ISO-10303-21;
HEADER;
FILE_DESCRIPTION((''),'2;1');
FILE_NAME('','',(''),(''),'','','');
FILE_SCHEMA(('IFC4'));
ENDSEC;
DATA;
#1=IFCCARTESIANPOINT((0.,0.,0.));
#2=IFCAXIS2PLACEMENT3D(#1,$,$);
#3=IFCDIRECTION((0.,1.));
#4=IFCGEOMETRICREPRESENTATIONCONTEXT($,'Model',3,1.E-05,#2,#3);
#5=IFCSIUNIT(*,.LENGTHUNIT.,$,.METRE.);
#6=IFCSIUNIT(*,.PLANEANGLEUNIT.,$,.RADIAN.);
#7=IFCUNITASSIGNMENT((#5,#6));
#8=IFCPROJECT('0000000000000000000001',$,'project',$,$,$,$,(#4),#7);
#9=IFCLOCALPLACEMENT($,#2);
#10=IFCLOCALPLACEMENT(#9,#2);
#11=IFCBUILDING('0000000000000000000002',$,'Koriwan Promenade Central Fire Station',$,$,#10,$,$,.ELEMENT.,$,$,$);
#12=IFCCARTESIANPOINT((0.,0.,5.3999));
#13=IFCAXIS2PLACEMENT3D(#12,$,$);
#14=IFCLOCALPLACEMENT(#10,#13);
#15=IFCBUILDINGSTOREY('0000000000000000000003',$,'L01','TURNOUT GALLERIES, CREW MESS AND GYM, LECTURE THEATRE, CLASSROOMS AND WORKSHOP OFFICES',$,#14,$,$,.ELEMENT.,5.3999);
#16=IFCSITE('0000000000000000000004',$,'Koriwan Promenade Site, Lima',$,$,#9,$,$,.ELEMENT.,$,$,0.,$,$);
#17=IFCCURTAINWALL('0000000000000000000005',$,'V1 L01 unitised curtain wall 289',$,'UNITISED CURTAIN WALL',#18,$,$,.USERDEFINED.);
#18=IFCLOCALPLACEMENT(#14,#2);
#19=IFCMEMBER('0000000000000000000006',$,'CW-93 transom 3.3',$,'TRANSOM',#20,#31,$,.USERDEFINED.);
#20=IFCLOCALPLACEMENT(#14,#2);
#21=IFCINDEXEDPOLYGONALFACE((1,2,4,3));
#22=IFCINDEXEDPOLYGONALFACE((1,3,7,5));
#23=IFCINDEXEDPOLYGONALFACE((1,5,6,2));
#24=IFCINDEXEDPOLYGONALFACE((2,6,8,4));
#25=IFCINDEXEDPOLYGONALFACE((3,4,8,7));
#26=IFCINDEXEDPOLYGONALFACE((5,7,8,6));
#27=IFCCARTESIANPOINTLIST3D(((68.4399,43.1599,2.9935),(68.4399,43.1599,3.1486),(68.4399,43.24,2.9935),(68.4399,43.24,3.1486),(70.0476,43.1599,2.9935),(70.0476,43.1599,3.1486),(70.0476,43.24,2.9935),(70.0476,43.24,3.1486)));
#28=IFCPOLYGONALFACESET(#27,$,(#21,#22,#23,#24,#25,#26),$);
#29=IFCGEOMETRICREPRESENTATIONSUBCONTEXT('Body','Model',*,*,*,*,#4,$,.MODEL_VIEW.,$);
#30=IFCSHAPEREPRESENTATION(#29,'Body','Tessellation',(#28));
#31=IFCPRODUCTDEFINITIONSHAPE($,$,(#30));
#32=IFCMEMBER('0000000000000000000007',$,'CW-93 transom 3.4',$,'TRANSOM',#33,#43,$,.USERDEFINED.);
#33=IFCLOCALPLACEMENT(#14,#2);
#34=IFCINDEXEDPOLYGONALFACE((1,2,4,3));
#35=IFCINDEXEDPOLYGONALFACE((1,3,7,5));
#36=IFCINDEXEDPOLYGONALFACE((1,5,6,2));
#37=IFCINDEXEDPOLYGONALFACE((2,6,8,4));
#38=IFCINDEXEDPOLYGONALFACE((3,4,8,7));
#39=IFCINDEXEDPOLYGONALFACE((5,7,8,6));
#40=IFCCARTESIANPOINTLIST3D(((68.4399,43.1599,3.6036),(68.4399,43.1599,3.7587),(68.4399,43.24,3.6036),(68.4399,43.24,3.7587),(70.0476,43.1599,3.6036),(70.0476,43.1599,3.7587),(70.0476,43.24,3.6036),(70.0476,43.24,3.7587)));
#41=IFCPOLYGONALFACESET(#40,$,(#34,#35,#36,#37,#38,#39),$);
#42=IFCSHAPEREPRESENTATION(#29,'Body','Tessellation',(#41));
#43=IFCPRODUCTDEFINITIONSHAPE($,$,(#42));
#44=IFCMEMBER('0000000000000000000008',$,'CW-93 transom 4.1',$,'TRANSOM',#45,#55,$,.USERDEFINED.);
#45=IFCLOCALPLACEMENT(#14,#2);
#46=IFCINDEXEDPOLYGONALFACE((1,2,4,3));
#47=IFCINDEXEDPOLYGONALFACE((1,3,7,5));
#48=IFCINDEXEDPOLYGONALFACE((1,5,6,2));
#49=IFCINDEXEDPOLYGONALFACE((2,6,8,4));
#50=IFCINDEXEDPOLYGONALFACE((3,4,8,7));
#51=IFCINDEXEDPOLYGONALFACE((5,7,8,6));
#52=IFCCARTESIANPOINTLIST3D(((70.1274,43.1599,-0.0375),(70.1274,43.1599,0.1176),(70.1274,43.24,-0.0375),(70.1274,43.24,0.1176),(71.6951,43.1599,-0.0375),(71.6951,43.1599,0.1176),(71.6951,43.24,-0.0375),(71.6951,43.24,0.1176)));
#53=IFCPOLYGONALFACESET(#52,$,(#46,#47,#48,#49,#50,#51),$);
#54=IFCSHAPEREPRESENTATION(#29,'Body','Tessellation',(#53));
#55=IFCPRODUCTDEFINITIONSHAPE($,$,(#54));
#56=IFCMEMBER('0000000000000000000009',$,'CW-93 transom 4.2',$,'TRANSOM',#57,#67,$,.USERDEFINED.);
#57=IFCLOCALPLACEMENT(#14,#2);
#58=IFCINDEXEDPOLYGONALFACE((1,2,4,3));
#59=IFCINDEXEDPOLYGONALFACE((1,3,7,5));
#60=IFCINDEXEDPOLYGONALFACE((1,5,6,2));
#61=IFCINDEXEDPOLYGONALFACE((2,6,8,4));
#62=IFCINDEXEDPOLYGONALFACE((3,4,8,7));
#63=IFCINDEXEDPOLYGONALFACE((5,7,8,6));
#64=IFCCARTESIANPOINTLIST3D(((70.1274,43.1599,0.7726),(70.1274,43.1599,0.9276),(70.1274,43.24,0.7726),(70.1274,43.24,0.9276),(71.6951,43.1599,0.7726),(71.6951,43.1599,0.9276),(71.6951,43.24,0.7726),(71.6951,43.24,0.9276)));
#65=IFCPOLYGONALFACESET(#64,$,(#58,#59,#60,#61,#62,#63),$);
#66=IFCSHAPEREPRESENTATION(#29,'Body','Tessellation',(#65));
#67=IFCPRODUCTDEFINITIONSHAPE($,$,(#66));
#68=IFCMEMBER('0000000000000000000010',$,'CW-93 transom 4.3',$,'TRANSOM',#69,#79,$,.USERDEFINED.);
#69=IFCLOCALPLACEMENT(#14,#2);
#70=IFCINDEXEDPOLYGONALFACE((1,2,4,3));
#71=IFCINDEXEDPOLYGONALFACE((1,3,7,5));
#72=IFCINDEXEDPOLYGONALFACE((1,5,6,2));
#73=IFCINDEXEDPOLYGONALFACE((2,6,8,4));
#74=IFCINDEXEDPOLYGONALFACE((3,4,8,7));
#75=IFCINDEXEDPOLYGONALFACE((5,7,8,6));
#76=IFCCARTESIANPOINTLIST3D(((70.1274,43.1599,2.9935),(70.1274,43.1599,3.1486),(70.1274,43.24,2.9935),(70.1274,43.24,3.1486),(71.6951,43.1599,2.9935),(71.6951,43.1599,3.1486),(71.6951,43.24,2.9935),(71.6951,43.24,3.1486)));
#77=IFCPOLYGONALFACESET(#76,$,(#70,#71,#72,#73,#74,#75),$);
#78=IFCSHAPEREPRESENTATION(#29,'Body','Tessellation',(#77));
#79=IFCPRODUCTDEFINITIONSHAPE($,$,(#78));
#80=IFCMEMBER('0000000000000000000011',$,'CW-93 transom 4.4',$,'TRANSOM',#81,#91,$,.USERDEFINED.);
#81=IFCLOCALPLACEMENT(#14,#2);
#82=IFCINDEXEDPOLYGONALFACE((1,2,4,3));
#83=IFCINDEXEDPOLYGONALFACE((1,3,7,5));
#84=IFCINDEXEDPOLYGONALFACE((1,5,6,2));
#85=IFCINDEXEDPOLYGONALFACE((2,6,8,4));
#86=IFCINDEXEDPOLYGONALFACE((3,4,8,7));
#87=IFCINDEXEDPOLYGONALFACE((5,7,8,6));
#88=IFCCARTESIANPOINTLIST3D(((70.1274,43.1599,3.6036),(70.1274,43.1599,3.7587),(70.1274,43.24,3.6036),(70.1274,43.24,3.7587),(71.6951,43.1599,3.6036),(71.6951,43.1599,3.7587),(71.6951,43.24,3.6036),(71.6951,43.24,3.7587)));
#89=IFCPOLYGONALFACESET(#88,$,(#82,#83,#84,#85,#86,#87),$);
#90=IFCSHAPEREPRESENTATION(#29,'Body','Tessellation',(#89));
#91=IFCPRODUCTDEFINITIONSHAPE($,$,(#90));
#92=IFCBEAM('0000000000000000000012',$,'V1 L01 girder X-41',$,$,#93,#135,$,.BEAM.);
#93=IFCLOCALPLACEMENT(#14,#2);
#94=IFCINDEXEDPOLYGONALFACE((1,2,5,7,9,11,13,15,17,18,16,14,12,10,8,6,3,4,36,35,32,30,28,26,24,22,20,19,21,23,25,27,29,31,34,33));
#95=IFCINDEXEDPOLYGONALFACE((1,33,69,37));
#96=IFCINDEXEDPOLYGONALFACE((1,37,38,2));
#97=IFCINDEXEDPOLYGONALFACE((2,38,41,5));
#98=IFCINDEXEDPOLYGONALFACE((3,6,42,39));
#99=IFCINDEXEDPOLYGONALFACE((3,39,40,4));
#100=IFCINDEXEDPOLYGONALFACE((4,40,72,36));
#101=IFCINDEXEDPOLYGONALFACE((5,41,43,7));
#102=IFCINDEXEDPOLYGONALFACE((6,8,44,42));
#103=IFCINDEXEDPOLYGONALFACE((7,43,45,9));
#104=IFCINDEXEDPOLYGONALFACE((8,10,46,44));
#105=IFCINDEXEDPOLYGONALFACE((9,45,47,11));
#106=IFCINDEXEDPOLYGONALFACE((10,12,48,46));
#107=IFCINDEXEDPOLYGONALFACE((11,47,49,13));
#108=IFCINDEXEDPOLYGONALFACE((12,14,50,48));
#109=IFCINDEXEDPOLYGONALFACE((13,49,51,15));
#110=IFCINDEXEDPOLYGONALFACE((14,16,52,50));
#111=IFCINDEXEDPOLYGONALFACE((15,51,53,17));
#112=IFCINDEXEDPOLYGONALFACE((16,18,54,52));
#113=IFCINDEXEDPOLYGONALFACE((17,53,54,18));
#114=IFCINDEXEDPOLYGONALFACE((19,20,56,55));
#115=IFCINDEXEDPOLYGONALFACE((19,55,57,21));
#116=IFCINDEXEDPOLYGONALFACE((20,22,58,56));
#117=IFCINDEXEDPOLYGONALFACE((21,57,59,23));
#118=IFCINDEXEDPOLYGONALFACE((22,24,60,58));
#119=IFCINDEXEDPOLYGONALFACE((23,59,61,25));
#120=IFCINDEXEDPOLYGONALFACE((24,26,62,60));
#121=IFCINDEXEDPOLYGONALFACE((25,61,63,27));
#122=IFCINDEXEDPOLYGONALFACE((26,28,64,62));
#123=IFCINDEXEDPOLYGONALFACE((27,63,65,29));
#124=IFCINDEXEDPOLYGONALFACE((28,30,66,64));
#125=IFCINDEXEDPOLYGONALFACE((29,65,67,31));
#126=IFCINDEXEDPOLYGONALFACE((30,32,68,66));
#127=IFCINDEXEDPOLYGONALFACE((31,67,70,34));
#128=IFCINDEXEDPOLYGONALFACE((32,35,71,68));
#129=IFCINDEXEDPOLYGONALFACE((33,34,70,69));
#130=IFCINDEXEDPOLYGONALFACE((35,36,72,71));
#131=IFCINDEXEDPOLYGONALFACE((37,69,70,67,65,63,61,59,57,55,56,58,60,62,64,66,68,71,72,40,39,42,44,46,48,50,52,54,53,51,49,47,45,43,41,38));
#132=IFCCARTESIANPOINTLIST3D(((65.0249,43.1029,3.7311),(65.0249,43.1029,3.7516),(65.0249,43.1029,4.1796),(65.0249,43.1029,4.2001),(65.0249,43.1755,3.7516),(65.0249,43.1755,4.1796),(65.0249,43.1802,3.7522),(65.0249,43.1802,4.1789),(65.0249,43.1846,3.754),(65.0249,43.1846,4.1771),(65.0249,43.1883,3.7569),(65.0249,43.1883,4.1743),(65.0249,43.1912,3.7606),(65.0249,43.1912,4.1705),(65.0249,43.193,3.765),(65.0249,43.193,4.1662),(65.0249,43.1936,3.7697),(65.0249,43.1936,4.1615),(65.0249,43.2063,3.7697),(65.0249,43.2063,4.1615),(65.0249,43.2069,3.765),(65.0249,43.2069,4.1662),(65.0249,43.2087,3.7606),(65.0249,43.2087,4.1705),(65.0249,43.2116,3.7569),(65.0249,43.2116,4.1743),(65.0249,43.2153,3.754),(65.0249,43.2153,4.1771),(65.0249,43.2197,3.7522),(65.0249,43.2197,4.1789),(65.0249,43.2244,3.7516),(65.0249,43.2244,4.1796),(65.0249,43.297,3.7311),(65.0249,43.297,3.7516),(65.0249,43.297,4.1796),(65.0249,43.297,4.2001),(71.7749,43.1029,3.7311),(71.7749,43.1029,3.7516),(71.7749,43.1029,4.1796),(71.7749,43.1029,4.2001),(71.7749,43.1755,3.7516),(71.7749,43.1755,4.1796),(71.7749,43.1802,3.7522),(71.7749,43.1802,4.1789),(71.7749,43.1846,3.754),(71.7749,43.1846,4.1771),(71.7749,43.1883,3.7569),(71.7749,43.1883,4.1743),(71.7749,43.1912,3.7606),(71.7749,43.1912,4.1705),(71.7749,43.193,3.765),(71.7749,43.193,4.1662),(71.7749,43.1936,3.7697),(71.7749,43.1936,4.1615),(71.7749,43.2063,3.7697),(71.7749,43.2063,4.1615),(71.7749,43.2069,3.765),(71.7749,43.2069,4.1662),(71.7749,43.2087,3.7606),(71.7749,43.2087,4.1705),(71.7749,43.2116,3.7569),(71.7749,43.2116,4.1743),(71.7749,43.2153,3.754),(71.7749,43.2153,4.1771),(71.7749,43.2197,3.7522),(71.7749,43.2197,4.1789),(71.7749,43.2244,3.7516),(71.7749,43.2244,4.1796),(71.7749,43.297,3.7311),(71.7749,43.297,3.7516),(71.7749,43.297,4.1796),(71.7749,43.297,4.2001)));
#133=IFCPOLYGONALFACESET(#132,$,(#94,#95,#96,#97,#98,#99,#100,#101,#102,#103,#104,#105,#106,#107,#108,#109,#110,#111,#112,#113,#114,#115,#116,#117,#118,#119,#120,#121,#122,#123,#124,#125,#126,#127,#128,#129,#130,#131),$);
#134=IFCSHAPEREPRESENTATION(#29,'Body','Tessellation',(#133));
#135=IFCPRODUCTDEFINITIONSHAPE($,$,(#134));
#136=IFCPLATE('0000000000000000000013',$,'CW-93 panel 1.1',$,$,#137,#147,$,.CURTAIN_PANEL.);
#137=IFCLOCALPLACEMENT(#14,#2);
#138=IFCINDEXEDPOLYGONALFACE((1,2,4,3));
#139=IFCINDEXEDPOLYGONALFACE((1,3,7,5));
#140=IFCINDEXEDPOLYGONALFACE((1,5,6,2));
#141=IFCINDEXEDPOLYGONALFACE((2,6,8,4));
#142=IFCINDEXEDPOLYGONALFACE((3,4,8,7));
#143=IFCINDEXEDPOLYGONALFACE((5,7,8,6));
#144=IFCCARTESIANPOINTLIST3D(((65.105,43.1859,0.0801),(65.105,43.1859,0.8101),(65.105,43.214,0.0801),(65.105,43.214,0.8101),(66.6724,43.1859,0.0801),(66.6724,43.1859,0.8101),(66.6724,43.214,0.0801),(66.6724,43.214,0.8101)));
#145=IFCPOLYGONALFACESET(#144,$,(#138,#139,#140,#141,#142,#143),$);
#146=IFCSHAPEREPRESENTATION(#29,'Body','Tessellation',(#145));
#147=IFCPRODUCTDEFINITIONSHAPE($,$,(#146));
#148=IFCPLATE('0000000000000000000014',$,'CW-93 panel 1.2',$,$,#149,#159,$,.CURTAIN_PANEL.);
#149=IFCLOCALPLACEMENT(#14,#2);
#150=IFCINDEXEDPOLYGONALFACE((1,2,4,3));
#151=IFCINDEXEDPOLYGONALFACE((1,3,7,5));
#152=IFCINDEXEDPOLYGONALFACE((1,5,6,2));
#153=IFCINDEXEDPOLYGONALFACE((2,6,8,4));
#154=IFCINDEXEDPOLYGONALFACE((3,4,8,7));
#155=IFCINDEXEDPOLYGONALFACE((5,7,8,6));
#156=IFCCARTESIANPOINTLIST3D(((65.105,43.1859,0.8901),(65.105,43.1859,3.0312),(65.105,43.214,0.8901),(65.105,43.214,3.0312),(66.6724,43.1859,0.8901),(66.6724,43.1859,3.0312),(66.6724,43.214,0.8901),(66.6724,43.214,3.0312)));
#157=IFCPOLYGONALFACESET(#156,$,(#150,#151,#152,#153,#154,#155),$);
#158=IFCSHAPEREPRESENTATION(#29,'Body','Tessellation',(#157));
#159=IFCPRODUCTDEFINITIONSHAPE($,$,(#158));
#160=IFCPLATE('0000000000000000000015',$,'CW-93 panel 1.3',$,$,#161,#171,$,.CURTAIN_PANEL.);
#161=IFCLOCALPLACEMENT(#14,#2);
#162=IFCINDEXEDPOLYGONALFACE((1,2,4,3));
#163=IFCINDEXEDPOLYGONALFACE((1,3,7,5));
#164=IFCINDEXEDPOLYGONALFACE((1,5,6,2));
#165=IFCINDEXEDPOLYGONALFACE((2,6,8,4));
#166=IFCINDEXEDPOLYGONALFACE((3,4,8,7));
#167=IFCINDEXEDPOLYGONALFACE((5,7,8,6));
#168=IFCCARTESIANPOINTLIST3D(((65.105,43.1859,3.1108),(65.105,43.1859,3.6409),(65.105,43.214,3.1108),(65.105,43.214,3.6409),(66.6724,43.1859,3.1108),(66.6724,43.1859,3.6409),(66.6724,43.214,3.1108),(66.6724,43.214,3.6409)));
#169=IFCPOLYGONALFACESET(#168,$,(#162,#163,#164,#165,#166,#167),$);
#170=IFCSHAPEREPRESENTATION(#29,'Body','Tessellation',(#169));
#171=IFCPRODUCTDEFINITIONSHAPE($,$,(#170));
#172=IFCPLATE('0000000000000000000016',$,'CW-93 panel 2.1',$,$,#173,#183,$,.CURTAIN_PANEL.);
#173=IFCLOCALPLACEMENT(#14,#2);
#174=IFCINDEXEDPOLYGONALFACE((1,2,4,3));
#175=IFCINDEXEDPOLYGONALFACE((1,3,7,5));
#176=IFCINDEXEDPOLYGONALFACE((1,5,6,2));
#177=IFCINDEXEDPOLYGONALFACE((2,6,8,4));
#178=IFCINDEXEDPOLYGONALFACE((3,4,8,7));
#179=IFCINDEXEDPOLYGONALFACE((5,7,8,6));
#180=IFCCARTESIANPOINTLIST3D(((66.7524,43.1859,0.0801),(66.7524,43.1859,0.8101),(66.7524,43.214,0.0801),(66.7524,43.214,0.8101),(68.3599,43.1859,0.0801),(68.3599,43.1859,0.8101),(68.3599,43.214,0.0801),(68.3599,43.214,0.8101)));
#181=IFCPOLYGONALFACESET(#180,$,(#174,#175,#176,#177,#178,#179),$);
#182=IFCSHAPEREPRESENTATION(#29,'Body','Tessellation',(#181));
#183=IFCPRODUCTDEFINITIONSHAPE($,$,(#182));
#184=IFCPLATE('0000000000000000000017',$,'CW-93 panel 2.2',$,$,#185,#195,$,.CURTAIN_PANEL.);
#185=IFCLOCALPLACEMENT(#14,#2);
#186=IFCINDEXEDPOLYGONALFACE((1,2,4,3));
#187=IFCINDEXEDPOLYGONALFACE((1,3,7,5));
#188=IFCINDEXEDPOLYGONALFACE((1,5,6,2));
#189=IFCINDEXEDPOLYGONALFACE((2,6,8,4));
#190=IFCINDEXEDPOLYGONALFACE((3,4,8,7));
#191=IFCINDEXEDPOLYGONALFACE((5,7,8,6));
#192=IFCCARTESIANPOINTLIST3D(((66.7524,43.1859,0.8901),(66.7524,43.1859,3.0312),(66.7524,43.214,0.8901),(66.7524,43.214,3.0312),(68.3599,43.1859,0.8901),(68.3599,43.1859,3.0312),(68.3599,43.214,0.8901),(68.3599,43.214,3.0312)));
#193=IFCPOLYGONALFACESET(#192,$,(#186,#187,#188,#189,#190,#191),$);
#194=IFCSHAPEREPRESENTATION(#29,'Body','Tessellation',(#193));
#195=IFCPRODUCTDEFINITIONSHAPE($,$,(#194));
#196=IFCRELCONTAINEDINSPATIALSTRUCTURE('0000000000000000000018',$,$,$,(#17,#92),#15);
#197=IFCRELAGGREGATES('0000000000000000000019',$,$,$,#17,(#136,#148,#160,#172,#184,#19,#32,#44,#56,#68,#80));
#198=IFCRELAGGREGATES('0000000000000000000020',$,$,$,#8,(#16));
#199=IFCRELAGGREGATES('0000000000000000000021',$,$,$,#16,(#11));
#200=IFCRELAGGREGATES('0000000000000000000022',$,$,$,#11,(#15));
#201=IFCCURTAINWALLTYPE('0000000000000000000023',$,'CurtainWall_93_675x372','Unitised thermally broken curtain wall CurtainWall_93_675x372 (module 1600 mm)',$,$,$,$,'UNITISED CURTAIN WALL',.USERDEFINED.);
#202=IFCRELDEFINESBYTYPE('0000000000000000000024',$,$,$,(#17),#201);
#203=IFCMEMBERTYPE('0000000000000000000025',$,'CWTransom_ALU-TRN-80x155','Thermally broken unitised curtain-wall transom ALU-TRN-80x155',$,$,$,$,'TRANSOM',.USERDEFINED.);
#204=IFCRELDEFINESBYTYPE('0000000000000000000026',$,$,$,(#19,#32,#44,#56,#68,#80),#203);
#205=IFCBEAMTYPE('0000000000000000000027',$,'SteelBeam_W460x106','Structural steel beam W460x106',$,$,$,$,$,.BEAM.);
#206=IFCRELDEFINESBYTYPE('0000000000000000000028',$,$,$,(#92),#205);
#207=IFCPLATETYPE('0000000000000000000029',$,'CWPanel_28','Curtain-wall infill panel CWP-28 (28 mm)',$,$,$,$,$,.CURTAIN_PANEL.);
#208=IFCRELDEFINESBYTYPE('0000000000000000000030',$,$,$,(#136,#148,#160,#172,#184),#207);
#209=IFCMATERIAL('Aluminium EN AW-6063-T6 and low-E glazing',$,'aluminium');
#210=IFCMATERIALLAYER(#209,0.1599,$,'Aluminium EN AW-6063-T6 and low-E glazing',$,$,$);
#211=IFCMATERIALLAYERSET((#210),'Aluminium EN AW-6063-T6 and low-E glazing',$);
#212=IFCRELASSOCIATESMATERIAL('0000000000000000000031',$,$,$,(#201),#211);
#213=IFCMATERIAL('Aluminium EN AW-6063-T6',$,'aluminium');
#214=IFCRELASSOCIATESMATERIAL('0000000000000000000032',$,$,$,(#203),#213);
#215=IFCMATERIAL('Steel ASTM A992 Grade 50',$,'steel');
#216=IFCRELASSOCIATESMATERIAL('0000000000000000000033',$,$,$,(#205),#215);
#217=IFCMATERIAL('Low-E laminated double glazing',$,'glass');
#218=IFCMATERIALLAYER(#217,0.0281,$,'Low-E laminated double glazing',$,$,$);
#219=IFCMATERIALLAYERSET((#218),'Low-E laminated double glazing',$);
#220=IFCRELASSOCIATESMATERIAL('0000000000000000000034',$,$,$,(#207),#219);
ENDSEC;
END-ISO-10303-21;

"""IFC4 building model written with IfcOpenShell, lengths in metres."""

from ifc_helpers import new_model, si_unit, direction, frame, origin, origin_2d, place, context, subcontext, project, spatial, rectangle, i_section, extrude, material, layer, layer_set, material_profile, profile_set, type_object, element, aggregate, save


model = new_model("IFC4")

# Units and contexts
model_context = context("Model", 3, precision=1e-05, world=origin(), true_north=direction((0.0, 1.0)))
body_context = subcontext(model_context, "Body", "Model", "MODEL_VIEW")
ifc_project = project(units=[si_unit("LENGTHUNIT", "METRE"), si_unit("PLANEANGLEUNIT", "RADIAN")], contexts=[model_context])

# Site, building, storey
site_placement = place(None, origin())
site = spatial("IfcSite", under=ifc_project, at=site_placement, Name="Koriwan Promenade Site, Lima", CompositionType="ELEMENT", RefElevation=0.0)
building_placement = place(site_placement, origin())
building = spatial("IfcBuilding", under=site, at=building_placement, Name="Koriwan Promenade Central Fire Station", CompositionType="ELEMENT")
storey_placement = place(building_placement, frame((0.0, 0.0, 5.3999)))
storey = spatial("IfcBuildingStorey", under=building, at=storey_placement, Name="L01", Description="TURNOUT GALLERIES, CREW MESS AND GYM, LECTURE THEATRE, CLASSROOMS AND WORKSHOP OFFICES", CompositionType="ELEMENT", Elevation=5.3999)

# Curtain wall, members
ifc_material_1 = material(Name="Aluminium EN AW-6063-T6 and low-E glazing", Category="aluminium")
ifc_layer_1 = layer(ifc_material_1, 0.1599, Name="Aluminium EN AW-6063-T6 and low-E glazing")
ifc_layer_set_1 = layer_set([ifc_layer_1], Name="Aluminium EN AW-6063-T6 and low-E glazing")
curtain_wall_type = type_object("IfcCurtainWallType", Name="CurtainWall_93_675x372", Description="Unitised thermally broken curtain wall CurtainWall_93_675x372 (module 1600 mm)", ElementType="UNITISED CURTAIN WALL", PredefinedType="USERDEFINED", material=ifc_layer_set_1)
curtain_wall_placement = place(storey_placement, origin())
curtain_wall = element("IfcCurtainWall", 1, at=curtain_wall_placement, inside=storey, type_object=curtain_wall_type, Name="V1 L01 unitised curtain wall 289", ObjectType="UNITISED CURTAIN WALL", PredefinedType="USERDEFINED")
ifc_material_2 = material(Name="Aluminium EN AW-6063-T6", Category="aluminium")
ifc_material_profile_1 = material_profile(ifc_material_2, rectangle(XDim=0.0801, YDim=0.155, at=origin_2d()), Name="ALU-TRN-80x155")
ifc_profile_set_1 = profile_set([ifc_material_profile_1], Name="Aluminium EN AW-6063-T6")
member_type_1 = type_object("IfcMemberType", Name="CWTransom_ALU-TRN-80x155", Description="Thermally broken unitised curtain-wall transom ALU-TRN-80x155", ElementType="TRANSOM", PredefinedType="USERDEFINED", material=ifc_profile_set_1)
member_1_placement = place(storey_placement, frame((68.4399, 43.2, 3.071), z_axis=(1.0, 0.0, 0.0), x_axis=(0.0, 1.0, 0.0)))
member_1 = element("IfcMember", 2, at=member_1_placement, type_object=member_type_1, Name="CW-93 transom 3.3", ObjectType="TRANSOM", PredefinedType="USERDEFINED", context=body_context, shape_type="SweptSolid", body=[
    extrude(rectangle(XDim=0.0801, YDim=0.155, at=origin_2d()), origin(), (0.0, 0.0, 1.0), 1.6077),
])
member_2_placement = place(storey_placement, frame((68.4399, 43.2, 3.6812), z_axis=(1.0, 0.0, 0.0), x_axis=(0.0, 1.0, 0.0)))
member_2 = element("IfcMember", 3, at=member_2_placement, type_object=member_type_1, Name="CW-93 transom 3.4", ObjectType="TRANSOM", PredefinedType="USERDEFINED", context=body_context, shape_type="SweptSolid", body=[
    extrude(rectangle(XDim=0.0801, YDim=0.155, at=origin_2d()), origin(), (0.0, 0.0, 1.0), 1.6077),
])
member_3_placement = place(storey_placement, frame((70.1274, 43.2, 0.04), z_axis=(1.0, 0.0, 0.0), x_axis=(0.0, 1.0, 0.0)))
member_3 = element("IfcMember", 4, at=member_3_placement, type_object=member_type_1, Name="CW-93 transom 4.1", ObjectType="TRANSOM", PredefinedType="USERDEFINED", context=body_context, shape_type="SweptSolid", body=[
    extrude(rectangle(XDim=0.0801, YDim=0.155, at=origin_2d()), origin(), (0.0, 0.0, 1.0), 1.5676),
])
member_4_placement = place(storey_placement, frame((70.1274, 43.2, 0.8501), z_axis=(1.0, 0.0, 0.0), x_axis=(0.0, 1.0, 0.0)))
member_4 = element("IfcMember", 5, at=member_4_placement, type_object=member_type_1, Name="CW-93 transom 4.2", ObjectType="TRANSOM", PredefinedType="USERDEFINED", context=body_context, shape_type="SweptSolid", body=[
    extrude(rectangle(XDim=0.0801, YDim=0.155, at=origin_2d()), origin(), (0.0, 0.0, 1.0), 1.5676),
])
member_5_placement = place(storey_placement, frame((70.1274, 43.2, 3.071), z_axis=(1.0, 0.0, 0.0), x_axis=(0.0, 1.0, 0.0)))
member_5 = element("IfcMember", 6, at=member_5_placement, type_object=member_type_1, Name="CW-93 transom 4.3", ObjectType="TRANSOM", PredefinedType="USERDEFINED", context=body_context, shape_type="SweptSolid", body=[
    extrude(rectangle(XDim=0.0801, YDim=0.155, at=origin_2d()), origin(), (0.0, 0.0, 1.0), 1.5676),
])
member_6_placement = place(storey_placement, frame((70.1274, 43.2, 3.6812), z_axis=(1.0, 0.0, 0.0), x_axis=(0.0, 1.0, 0.0)))
member_6 = element("IfcMember", 7, at=member_6_placement, type_object=member_type_1, Name="CW-93 transom 4.4", ObjectType="TRANSOM", PredefinedType="USERDEFINED", context=body_context, shape_type="SweptSolid", body=[
    extrude(rectangle(XDim=0.0801, YDim=0.155, at=origin_2d()), origin(), (0.0, 0.0, 1.0), 1.5676),
])

# Beam
ifc_material_3 = material(Name="Steel ASTM A992 Grade 50", Category="steel")
ifc_material_profile_2 = material_profile(ifc_material_3, i_section(OverallWidth=0.1941, OverallDepth=0.469, WebThickness=0.0127, FlangeThickness=0.0205, FilletRadius=0.0181, at=origin_2d()), Name="W460x106")
ifc_profile_set_2 = profile_set([ifc_material_profile_2], Name="Steel ASTM A992 Grade 50")
beam_type = type_object("IfcBeamType", Name="SteelBeam_W460x106", Description="Structural steel beam W460x106", PredefinedType="BEAM", material=ifc_profile_set_2)
beam_placement = place(storey_placement, frame((65.0249, 43.2, 3.9656), z_axis=(1.0, 0.0, 0.0), x_axis=(0.0, 1.0, 0.0)))
element("IfcBeam", 8, at=beam_placement, inside=storey, type_object=beam_type, Name="V1 L01 girder X-41", PredefinedType="BEAM", context=body_context, shape_type="SweptSolid", body=[
    extrude(i_section(OverallWidth=0.1941, OverallDepth=0.469, WebThickness=0.0127, FlangeThickness=0.0205, FilletRadius=0.0181, at=origin_2d()), origin(), (0.0, 0.0, 1.0), 6.75),
])

# Plates
ifc_material_4 = material(Name="Low-E laminated double glazing", Category="glass")
ifc_layer_2 = layer(ifc_material_4, 0.0281, Name="Low-E laminated double glazing")
ifc_layer_set_2 = layer_set([ifc_layer_2], Name="Low-E laminated double glazing")
plate_type = type_object("IfcPlateType", Name="CWPanel_28", Description="Curtain-wall infill panel CWP-28 (28 mm)", PredefinedType="CURTAIN_PANEL", material=ifc_layer_set_2)
plate_1_placement = place(storey_placement, frame((65.8887, 43.2, 0.0801), z_axis=(0.0, 0.0, 1.0), x_axis=(1.0, 0.0, 0.0)))
plate_1 = element("IfcPlate", 9, at=plate_1_placement, type_object=plate_type, Name="CW-93 panel 1.1", PredefinedType="CURTAIN_PANEL", context=body_context, shape_type="SweptSolid", body=[
    extrude(rectangle(XDim=1.5674, YDim=0.0281, at=origin_2d()), origin(), (0.0, 0.0, 1.0), 0.73),
])
plate_2_placement = place(storey_placement, frame((65.8887, 43.2, 0.8901), z_axis=(0.0, 0.0, 1.0), x_axis=(1.0, 0.0, 0.0)))
plate_2 = element("IfcPlate", 10, at=plate_2_placement, type_object=plate_type, Name="CW-93 panel 1.2", PredefinedType="CURTAIN_PANEL", context=body_context, shape_type="SweptSolid", body=[
    extrude(rectangle(XDim=1.5674, YDim=0.0281, at=origin_2d()), origin(), (0.0, 0.0, 1.0), 2.1411),
])
plate_3_placement = place(storey_placement, frame((65.8887, 43.2, 3.1108), z_axis=(0.0, 0.0, 1.0), x_axis=(1.0, 0.0, 0.0)))
plate_3 = element("IfcPlate", 11, at=plate_3_placement, type_object=plate_type, Name="CW-93 panel 1.3", PredefinedType="CURTAIN_PANEL", context=body_context, shape_type="SweptSolid", body=[
    extrude(rectangle(XDim=1.5674, YDim=0.0281, at=origin_2d()), origin(), (0.0, 0.0, 1.0), 0.53),
])
plate_4_placement = place(storey_placement, frame((67.5562, 43.2, 0.0801), z_axis=(0.0, 0.0, 1.0), x_axis=(1.0, 0.0, 0.0)))
plate_4 = element("IfcPlate", 12, at=plate_4_placement, type_object=plate_type, Name="CW-93 panel 2.1", PredefinedType="CURTAIN_PANEL", context=body_context, shape_type="SweptSolid", body=[
    extrude(rectangle(XDim=1.6074, YDim=0.0281, at=origin_2d()), origin(), (0.0, 0.0, 1.0), 0.73),
])
plate_5_placement = place(storey_placement, frame((67.5562, 43.2, 0.8901), z_axis=(0.0, 0.0, 1.0), x_axis=(1.0, 0.0, 0.0)))
plate_5 = element("IfcPlate", 13, at=plate_5_placement, type_object=plate_type, Name="CW-93 panel 2.2", PredefinedType="CURTAIN_PANEL", context=body_context, shape_type="SweptSolid", body=[
    extrude(rectangle(XDim=1.6074, YDim=0.0281, at=origin_2d()), origin(), (0.0, 0.0, 1.0), 2.1411),
])
aggregate(curtain_wall, [plate_1, plate_2, plate_3, plate_4, plate_5, member_1, member_2, member_3, member_4, member_5, member_6])

save(model, "model.ifc")
